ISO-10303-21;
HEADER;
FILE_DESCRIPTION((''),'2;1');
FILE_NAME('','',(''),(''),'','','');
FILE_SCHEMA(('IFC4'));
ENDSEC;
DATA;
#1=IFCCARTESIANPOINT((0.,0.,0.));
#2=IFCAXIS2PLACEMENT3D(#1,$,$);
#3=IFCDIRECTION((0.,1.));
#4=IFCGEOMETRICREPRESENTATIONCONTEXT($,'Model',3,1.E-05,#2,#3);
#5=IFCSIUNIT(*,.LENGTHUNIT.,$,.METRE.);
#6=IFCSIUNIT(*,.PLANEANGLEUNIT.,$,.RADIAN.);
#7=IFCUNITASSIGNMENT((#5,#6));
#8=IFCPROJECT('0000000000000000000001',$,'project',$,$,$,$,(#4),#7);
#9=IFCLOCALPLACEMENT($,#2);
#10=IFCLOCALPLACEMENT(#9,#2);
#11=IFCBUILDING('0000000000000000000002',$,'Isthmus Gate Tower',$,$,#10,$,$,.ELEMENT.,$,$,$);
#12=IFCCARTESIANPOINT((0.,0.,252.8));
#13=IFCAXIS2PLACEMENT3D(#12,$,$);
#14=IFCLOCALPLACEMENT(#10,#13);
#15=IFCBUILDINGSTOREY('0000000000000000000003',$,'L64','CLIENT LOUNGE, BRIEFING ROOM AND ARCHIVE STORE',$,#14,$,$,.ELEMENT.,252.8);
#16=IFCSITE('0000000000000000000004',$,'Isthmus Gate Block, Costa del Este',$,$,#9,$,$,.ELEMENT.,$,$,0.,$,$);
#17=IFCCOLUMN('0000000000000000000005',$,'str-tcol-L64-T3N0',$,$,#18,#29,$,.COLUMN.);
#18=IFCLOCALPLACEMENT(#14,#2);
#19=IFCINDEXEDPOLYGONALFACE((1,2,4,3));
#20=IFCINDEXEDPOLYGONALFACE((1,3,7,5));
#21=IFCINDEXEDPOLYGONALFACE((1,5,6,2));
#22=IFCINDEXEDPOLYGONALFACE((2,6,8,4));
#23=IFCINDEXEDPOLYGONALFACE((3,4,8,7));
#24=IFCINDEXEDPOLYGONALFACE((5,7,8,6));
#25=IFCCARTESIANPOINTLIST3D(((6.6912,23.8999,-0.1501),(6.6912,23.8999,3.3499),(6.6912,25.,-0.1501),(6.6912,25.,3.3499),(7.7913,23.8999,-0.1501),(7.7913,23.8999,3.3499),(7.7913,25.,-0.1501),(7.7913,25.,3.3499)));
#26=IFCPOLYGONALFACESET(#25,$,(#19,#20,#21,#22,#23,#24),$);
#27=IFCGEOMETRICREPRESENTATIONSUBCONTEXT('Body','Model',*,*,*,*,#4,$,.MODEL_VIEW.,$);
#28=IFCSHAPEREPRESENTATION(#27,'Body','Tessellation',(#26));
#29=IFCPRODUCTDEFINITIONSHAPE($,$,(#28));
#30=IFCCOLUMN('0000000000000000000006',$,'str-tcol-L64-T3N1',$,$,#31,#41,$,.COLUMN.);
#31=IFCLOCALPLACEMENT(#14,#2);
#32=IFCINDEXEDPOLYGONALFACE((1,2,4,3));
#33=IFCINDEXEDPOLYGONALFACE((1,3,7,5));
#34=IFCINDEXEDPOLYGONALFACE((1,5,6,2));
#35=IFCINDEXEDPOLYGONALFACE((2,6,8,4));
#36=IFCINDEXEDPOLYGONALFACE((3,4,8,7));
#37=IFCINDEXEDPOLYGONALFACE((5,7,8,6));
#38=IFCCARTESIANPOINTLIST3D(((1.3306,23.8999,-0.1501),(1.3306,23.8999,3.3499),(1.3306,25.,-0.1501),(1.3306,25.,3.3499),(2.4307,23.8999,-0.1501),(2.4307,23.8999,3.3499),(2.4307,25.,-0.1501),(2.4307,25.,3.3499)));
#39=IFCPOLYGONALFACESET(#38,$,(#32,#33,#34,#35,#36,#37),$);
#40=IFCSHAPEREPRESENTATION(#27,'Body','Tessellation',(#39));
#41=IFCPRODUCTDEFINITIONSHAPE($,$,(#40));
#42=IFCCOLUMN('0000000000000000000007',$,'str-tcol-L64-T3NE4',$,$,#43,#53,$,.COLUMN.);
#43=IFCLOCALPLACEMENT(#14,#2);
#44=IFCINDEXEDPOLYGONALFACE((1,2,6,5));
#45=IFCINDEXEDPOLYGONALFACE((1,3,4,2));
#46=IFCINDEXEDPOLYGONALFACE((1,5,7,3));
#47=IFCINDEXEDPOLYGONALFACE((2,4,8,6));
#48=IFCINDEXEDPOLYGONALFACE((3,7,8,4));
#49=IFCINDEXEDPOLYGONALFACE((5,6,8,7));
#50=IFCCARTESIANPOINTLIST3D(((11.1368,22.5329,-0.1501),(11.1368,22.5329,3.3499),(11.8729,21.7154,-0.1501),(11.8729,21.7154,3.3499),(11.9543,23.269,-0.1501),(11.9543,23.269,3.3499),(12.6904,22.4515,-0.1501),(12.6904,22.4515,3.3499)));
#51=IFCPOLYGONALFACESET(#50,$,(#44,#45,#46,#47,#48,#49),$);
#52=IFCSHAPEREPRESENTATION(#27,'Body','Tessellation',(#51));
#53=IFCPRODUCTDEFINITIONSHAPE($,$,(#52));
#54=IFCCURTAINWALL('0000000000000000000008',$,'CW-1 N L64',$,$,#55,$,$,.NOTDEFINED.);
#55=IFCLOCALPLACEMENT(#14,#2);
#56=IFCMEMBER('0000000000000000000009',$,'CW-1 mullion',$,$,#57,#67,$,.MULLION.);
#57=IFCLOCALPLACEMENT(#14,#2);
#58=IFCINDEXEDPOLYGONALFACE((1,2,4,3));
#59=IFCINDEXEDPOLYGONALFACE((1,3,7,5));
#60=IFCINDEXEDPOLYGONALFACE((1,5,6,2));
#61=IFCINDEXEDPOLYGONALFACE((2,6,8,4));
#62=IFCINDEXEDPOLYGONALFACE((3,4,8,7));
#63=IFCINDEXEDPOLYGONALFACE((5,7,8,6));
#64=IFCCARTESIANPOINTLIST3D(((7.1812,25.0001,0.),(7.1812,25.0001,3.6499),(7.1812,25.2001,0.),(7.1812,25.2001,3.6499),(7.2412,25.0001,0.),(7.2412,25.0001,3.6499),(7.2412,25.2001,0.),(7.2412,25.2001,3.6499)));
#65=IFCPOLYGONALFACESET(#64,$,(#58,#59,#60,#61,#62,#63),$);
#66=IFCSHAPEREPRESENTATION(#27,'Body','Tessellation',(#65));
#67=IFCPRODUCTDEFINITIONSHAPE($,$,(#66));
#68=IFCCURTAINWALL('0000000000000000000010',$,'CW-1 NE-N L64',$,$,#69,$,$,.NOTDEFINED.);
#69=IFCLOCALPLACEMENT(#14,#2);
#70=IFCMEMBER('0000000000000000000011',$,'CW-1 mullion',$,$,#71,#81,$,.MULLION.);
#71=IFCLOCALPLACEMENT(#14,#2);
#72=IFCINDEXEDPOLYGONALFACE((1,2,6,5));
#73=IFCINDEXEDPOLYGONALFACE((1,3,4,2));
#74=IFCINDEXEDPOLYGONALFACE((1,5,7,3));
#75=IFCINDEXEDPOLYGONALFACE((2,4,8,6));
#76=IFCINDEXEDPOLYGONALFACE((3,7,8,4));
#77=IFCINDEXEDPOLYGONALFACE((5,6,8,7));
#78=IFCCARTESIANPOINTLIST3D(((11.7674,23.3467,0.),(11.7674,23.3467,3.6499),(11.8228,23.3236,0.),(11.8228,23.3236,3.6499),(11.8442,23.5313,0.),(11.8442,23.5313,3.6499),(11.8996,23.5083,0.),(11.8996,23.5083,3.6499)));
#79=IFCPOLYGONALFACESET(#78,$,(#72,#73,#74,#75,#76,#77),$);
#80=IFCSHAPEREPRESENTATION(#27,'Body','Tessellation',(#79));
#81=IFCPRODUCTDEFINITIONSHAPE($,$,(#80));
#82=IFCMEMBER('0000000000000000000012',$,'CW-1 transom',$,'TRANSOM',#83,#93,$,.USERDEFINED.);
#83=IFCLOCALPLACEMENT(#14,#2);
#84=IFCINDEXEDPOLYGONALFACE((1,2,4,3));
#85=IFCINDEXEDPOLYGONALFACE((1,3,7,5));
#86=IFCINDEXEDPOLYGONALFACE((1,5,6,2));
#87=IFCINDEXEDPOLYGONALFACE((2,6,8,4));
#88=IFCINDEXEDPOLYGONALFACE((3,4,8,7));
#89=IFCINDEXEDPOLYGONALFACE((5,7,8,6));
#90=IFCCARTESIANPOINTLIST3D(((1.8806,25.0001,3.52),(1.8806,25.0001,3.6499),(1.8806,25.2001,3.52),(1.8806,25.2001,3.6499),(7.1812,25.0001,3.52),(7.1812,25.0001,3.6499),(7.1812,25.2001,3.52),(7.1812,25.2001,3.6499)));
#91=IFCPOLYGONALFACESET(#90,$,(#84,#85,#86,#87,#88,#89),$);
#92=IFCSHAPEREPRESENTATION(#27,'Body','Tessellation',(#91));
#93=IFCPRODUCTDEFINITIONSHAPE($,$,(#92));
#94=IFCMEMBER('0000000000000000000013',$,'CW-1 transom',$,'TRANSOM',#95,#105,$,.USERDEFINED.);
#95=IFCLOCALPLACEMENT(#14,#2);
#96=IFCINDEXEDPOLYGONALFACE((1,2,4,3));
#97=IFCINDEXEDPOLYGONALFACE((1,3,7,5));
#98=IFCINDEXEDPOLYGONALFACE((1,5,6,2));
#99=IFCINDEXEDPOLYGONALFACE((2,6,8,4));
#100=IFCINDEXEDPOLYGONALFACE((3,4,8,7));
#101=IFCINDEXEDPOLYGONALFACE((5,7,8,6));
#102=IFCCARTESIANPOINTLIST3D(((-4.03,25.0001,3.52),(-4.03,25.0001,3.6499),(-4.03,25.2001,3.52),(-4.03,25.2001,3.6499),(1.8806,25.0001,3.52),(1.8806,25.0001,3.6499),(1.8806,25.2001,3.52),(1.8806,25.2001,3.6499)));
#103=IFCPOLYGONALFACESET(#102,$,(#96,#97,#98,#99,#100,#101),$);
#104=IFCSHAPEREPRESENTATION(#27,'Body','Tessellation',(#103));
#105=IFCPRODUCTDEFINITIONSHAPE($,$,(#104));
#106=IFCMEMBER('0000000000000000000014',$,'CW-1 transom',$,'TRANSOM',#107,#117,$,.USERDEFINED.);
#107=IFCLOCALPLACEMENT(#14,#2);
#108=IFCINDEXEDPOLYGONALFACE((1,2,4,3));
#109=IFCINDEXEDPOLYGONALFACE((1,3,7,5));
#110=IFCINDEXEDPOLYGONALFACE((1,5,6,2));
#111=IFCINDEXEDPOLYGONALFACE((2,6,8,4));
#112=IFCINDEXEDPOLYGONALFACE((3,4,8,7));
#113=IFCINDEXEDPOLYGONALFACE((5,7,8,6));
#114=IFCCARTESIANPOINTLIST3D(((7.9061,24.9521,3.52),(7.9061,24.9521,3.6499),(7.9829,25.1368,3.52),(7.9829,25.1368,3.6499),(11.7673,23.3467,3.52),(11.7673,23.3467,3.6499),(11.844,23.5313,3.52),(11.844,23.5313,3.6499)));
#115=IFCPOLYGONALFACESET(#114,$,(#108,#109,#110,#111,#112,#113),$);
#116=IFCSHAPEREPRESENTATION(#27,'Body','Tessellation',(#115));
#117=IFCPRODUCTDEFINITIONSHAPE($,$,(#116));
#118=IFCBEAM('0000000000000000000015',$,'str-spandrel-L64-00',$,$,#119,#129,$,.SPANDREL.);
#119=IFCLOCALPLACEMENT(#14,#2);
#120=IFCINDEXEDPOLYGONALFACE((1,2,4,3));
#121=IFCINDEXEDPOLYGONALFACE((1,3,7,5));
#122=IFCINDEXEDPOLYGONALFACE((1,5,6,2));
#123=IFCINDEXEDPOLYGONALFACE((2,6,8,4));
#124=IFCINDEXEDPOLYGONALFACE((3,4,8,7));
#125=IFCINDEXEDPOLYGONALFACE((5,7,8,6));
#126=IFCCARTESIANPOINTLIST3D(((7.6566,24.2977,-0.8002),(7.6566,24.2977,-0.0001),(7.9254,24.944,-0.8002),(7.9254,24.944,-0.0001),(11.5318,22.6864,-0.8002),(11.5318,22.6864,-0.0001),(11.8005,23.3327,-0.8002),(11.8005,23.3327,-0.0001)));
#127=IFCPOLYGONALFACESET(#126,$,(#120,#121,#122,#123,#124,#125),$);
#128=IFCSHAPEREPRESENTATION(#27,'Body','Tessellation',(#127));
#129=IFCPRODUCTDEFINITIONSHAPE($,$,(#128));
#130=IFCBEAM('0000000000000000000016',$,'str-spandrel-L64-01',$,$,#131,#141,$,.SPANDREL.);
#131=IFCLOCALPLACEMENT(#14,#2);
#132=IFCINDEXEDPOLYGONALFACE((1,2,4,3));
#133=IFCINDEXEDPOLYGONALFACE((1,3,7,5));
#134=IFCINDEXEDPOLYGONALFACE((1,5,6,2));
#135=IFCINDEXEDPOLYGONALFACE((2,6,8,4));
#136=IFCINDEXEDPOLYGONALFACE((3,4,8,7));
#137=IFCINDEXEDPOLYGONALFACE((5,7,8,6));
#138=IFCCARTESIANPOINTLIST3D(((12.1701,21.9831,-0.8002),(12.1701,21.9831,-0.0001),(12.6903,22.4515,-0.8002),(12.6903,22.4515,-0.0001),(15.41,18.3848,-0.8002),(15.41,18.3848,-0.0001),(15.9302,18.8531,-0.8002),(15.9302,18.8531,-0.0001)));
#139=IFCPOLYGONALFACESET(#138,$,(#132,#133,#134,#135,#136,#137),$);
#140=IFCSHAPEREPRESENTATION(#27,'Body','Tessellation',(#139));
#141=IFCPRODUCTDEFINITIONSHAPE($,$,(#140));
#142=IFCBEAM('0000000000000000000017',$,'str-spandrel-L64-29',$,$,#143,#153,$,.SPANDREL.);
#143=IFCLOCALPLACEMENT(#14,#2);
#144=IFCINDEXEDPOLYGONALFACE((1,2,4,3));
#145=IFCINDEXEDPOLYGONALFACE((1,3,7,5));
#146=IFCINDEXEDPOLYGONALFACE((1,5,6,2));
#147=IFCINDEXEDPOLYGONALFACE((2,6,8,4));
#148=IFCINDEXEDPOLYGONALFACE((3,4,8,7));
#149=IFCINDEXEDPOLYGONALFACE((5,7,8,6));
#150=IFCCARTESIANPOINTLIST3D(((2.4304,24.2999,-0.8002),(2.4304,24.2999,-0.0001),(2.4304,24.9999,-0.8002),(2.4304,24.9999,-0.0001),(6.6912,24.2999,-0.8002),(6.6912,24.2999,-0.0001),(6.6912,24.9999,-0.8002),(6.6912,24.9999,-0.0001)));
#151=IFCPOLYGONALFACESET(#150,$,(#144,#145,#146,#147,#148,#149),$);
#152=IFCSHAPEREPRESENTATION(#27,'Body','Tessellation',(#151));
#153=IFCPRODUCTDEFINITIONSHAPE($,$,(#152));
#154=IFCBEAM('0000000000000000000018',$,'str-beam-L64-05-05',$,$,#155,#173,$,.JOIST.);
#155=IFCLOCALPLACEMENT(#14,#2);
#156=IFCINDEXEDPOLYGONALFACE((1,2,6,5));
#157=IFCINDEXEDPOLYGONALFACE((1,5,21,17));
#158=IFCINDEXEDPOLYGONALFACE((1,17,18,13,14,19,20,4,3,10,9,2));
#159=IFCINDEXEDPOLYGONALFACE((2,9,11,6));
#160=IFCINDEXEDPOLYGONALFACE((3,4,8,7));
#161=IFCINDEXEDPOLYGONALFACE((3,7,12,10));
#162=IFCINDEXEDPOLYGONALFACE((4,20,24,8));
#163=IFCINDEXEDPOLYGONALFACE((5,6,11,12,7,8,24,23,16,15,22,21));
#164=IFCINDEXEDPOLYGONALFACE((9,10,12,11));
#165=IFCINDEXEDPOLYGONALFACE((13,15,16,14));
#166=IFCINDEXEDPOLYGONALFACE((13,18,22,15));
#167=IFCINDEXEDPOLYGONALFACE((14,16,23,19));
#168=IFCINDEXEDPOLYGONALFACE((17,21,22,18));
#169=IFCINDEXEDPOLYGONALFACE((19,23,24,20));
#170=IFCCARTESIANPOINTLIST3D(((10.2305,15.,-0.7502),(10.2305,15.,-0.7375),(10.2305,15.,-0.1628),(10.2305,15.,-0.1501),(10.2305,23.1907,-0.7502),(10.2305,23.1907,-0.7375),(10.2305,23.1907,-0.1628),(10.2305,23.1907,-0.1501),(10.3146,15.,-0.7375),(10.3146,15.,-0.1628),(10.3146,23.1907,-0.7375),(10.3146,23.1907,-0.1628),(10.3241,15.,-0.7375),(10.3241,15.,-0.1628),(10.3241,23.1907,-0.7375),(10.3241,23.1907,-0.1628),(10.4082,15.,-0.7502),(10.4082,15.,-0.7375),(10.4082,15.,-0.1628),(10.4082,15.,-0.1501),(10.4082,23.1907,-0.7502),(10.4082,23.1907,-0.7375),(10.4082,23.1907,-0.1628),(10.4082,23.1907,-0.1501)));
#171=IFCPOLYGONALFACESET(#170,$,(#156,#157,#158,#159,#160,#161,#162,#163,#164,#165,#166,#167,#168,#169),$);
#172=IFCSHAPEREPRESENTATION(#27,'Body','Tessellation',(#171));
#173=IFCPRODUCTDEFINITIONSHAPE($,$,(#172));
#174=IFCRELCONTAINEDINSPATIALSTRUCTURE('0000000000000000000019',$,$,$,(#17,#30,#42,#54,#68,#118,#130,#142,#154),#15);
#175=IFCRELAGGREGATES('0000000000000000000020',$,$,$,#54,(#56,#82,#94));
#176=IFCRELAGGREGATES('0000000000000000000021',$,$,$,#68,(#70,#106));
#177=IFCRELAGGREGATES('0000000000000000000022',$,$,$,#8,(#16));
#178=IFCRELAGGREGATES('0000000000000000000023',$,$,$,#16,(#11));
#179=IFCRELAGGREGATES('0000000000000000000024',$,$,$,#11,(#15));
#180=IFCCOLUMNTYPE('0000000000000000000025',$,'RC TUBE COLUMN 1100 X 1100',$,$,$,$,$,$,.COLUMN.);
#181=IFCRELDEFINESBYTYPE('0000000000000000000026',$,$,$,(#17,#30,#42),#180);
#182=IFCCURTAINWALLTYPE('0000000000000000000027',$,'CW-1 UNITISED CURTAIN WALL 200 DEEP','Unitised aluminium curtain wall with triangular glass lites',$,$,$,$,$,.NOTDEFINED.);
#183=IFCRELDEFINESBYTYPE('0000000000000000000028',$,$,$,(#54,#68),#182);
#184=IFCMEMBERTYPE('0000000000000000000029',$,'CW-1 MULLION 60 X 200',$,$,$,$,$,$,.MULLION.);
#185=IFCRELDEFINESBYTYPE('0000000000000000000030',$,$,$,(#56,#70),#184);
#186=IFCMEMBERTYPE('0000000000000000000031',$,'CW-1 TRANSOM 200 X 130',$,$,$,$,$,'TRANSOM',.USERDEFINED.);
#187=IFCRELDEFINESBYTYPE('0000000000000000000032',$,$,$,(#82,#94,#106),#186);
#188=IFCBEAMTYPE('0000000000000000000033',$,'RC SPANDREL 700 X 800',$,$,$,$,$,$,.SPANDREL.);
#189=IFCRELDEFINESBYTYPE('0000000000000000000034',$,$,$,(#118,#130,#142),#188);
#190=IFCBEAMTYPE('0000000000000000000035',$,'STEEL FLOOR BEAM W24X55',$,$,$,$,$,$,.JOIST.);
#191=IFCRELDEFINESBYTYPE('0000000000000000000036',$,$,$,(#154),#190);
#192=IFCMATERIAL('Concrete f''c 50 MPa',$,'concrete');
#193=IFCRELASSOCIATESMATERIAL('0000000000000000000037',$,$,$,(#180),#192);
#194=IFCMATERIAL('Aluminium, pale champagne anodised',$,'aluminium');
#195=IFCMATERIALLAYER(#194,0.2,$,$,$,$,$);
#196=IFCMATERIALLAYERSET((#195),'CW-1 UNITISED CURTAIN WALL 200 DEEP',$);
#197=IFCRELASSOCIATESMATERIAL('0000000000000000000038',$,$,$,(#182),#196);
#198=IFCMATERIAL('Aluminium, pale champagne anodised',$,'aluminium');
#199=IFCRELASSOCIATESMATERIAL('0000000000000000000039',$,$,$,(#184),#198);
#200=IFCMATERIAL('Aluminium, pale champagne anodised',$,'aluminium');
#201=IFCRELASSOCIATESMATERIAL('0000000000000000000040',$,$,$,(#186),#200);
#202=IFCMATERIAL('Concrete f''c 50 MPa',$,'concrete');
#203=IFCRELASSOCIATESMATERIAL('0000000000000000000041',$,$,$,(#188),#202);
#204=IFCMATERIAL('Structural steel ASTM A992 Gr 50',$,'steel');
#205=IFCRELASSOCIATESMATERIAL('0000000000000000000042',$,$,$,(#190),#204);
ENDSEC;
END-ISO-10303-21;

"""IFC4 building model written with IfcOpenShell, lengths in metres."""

from ifc_helpers import new_model, si_unit, direction, frame, origin, origin_2d, place, context, subcontext, project, spatial, rectangle, i_section, extrude, material, layer, layer_set, material_profile, profile_set, type_object, element, aggregate, save


model = new_model("IFC4")

# Units and contexts
model_context = context("Model", 3, precision=1e-05, world=origin(), true_north=direction((0.0, 1.0)))
body_context = subcontext(model_context, "Body", "Model", "MODEL_VIEW")
ifc_project = project(units=[si_unit("LENGTHUNIT", "METRE"), si_unit("PLANEANGLEUNIT", "RADIAN")], contexts=[model_context])

# Site, building, storey
site_placement = place(None, origin())
site = spatial("IfcSite", under=ifc_project, at=site_placement, Name="Isthmus Gate Block, Costa del Este", CompositionType="ELEMENT", RefElevation=0.0)
building_placement = place(site_placement, origin())
building = spatial("IfcBuilding", under=site, at=building_placement, Name="Isthmus Gate Tower", CompositionType="ELEMENT")
storey_placement = place(building_placement, frame((0.0, 0.0, 252.8)))
storey = spatial("IfcBuildingStorey", under=building, at=storey_placement, Name="L64", Description="CLIENT LOUNGE, BRIEFING ROOM AND ARCHIVE STORE", CompositionType="ELEMENT", Elevation=252.8)

# Columns
ifc_material_1 = material(Name="Concrete f'c 50 MPa", Category="concrete")
ifc_material_profile_1 = material_profile(ifc_material_1, rectangle(XDim=1.1001, YDim=1.1001, at=origin_2d()), Name="RC 1100X1100")
ifc_profile_set_1 = profile_set([ifc_material_profile_1], Name="Concrete f'c 50 MPa")
column_type = type_object("IfcColumnType", Name="RC TUBE COLUMN 1100 X 1100", PredefinedType="COLUMN", material=ifc_profile_set_1)
for number, where, z_axis, x_axis, name in (
    (1, (7.2412, 24.45, -0.1501), (0.0, 0.0, 1.0), (-1.0, 0.0, 0.0), "str-tcol-L64-T3N0"),
    (2, (1.8806, 24.45, -0.1501), (0.0, 0.0, 1.0), (-1.0, 0.0, 0.0), "str-tcol-L64-T3N1"),
    (3, (11.9136, 22.4922, -0.1501), (0.0, 0.0, 1.0), (-0.669131, 0.743145, 0.0), "str-tcol-L64-T3NE4"),
):
    element("IfcColumn", number, at=place(storey_placement, frame(where, z_axis=z_axis, x_axis=x_axis)), inside=storey, type_object=column_type, Name=name, PredefinedType="COLUMN", context=body_context, shape_type="SweptSolid", body=[
        extrude(rectangle(XDim=1.1001, YDim=1.1001, at=origin_2d()), origin(), (0.0, 0.0, 1.0), 3.5),
    ])

# Curtain walls, members
ifc_material_2 = material(Name="Aluminium, pale champagne anodised", Category="aluminium")
ifc_layer_1 = layer(ifc_material_2, 0.2)
ifc_layer_set_1 = layer_set([ifc_layer_1], Name="CW-1 UNITISED CURTAIN WALL 200 DEEP")
curtain_wall_type = type_object("IfcCurtainWallType", Name="CW-1 UNITISED CURTAIN WALL 200 DEEP", Description="Unitised aluminium curtain wall with triangular glass lites", PredefinedType="NOTDEFINED", material=ifc_layer_set_1)
curtain_wall_1_placement = place(storey_placement, origin())
curtain_wall_1 = element("IfcCurtainWall", 4, at=curtain_wall_1_placement, inside=storey, type_object=curtain_wall_type, Name="CW-1 N L64", PredefinedType="NOTDEFINED")
ifc_material_3 = material(Name="Aluminium, pale champagne anodised", Category="aluminium")
ifc_material_profile_2 = material_profile(ifc_material_3, rectangle(XDim=0.0601, YDim=0.2, at=origin_2d()), Name="60x200")
ifc_profile_set_2 = profile_set([ifc_material_profile_2], Name="Aluminium, pale champagne anodised")
member_type_1 = type_object("IfcMemberType", Name="CW-1 MULLION 60 X 200", PredefinedType="MULLION", material=ifc_profile_set_2)
member_1_placement = place(storey_placement, frame((7.2112, 25.1001, 0.0), z_axis=(0.0, 0.0, 1.0), x_axis=(-1.0, 0.0, 0.0)))
member_1 = element("IfcMember", 5, at=member_1_placement, type_object=member_type_1, Name="CW-1 mullion", PredefinedType="MULLION", context=body_context, shape_type="SweptSolid", body=[
    extrude(rectangle(XDim=0.0601, YDim=0.2, at=origin_2d()), origin(), (0.0, 0.0, 1.0), 3.6499),
])
curtain_wall_2_placement = place(storey_placement, origin())
curtain_wall_2 = element("IfcCurtainWall", 6, at=curtain_wall_2_placement, inside=storey, type_object=curtain_wall_type, Name="CW-1 NE-N L64", PredefinedType="NOTDEFINED")
member_2_placement = place(storey_placement, frame((11.8335, 23.4275, 0.0), z_axis=(0.0, 0.0, 1.0), x_axis=(-0.923353, 0.383952, 0.0)))
member_2 = element("IfcMember", 7, at=member_2_placement, type_object=member_type_1, Name="CW-1 mullion", PredefinedType="MULLION", context=body_context, shape_type="SweptSolid", body=[
    extrude(rectangle(XDim=0.0601, YDim=0.2, at=origin_2d()), origin(), (0.0, 0.0, 1.0), 3.6499),
])

# Members
ifc_material_4 = material(Name="Aluminium, pale champagne anodised", Category="aluminium")
ifc_material_profile_3 = material_profile(ifc_material_4, rectangle(XDim=0.2, YDim=0.1299, at=origin_2d()), Name="200x130")
ifc_profile_set_3 = profile_set([ifc_material_profile_3], Name="Aluminium, pale champagne anodised")
member_type_2 = type_object("IfcMemberType", Name="CW-1 TRANSOM 200 X 130", ElementType="TRANSOM", PredefinedType="USERDEFINED", material=ifc_profile_set_3)
member_3_placement = place(storey_placement, frame((7.1812, 25.1001, 3.585), z_axis=(-1.0, 0.0, 0.0), x_axis=(0.0, -1.0, 0.0)))
member_3 = element("IfcMember", 8, at=member_3_placement, type_object=member_type_2, Name="CW-1 transom", ObjectType="TRANSOM", PredefinedType="USERDEFINED", context=body_context, shape_type="SweptSolid", body=[
    extrude(rectangle(XDim=0.2, YDim=0.1299, at=origin_2d()), origin(), (0.0, 0.0, 1.0), 5.3005),
])
member_4_placement = place(storey_placement, frame((1.8806, 25.1001, 3.585), z_axis=(-1.0, 0.0, 0.0), x_axis=(0.0, -1.0, 0.0)))
member_4 = element("IfcMember", 9, at=member_4_placement, type_object=member_type_2, Name="CW-1 transom", ObjectType="TRANSOM", PredefinedType="USERDEFINED", context=body_context, shape_type="SweptSolid", body=[
    extrude(rectangle(XDim=0.2, YDim=0.1299, at=origin_2d()), origin(), (0.0, 0.0, 1.0), 5.9106),
])
member_5_placement = place(storey_placement, frame((11.8057, 23.439, 3.585), z_axis=(-0.923358, 0.38394, 0.0), x_axis=(-0.38394, -0.923358, 0.0)))
member_5 = element("IfcMember", 10, at=member_5_placement, type_object=member_type_2, Name="CW-1 transom", ObjectType="TRANSOM", PredefinedType="USERDEFINED", context=body_context, shape_type="SweptSolid", body=[
    extrude(rectangle(XDim=0.2, YDim=0.1299, at=origin_2d()), origin(), (0.0, 0.0, 1.0), 4.1816),
])

# Beams
ifc_material_5 = material(Name="Concrete f'c 50 MPa", Category="concrete")
ifc_material_profile_4 = material_profile(ifc_material_5, rectangle(XDim=0.7, YDim=0.8, at=origin_2d()), Name="RC 700X800")
ifc_profile_set_4 = profile_set([ifc_material_profile_4], Name="Concrete f'c 50 MPa")
beam_type_1 = type_object("IfcBeamType", Name="RC SPANDREL 700 X 800", PredefinedType="SPANDREL", material=ifc_profile_set_4)
beam_1_placement = place(storey_placement, frame((7.791, 24.6208, -0.4001), z_axis=(0.923361, -0.383934, 0.0), x_axis=(0.383934, 0.923361, 0.0)))
element("IfcBeam", 11, at=beam_1_placement, inside=storey, type_object=beam_type_1, Name="str-spandrel-L64-00", PredefinedType="SPANDREL", context=body_context, shape_type="SweptSolid", body=[
    extrude(rectangle(XDim=0.7, YDim=0.8, at=origin_2d()), origin(), (0.0, 0.0, 1.0), 4.1968),
])
beam_2_placement = place(storey_placement, frame((12.4302, 22.2173, -0.4001), z_axis=(0.669129, -0.743146, 0.0), x_axis=(0.743146, 0.669129, 0.0)))
element("IfcBeam", 12, at=beam_2_placement, inside=storey, type_object=beam_type_1, Name="str-spandrel-L64-01", PredefinedType="SPANDREL", context=body_context, shape_type="SweptSolid", body=[
    extrude(rectangle(XDim=0.7, YDim=0.8, at=origin_2d()), origin(), (0.0, 0.0, 1.0), 4.842),
])
beam_3_placement = place(storey_placement, frame((2.4304, 24.6499, -0.4001), z_axis=(1.0, 0.0, 0.0), x_axis=(0.0, 1.0, 0.0)))
element("IfcBeam", 13, at=beam_3_placement, inside=storey, type_object=beam_type_1, Name="str-spandrel-L64-29", PredefinedType="SPANDREL", context=body_context, shape_type="SweptSolid", body=[
    extrude(rectangle(XDim=0.7, YDim=0.8, at=origin_2d()), origin(), (0.0, 0.0, 1.0), 4.2607),
])
ifc_material_6 = material(Name="Structural steel ASTM A992 Gr 50", Category="steel")
ifc_material_profile_5 = material_profile(ifc_material_6, i_section(OverallWidth=0.1777, OverallDepth=0.6001, WebThickness=0.0095, FlangeThickness=0.0127, at=origin_2d()), Name="W24X55")
ifc_profile_set_5 = profile_set([ifc_material_profile_5], Name="Structural steel ASTM A992 Gr 50")
beam_type_2 = type_object("IfcBeamType", Name="STEEL FLOOR BEAM W24X55", PredefinedType="JOIST", material=ifc_profile_set_5)
beam_4_placement = place(storey_placement, frame((10.3193, 15.0, -0.4502), z_axis=(0.0, 1.0, 0.0), x_axis=(-1.0, 0.0, 0.0)))
element("IfcBeam", 14, at=beam_4_placement, inside=storey, type_object=beam_type_2, Name="str-beam-L64-05-05", PredefinedType="JOIST", context=body_context, shape_type="SweptSolid", body=[
    extrude(i_section(OverallWidth=0.1777, OverallDepth=0.6001, WebThickness=0.0095, FlangeThickness=0.0127, at=origin_2d()), origin(), (0.0, 0.0, 1.0), 8.1907),
])

aggregate(curtain_wall_1, [member_1, member_3, member_4])
aggregate(curtain_wall_2, [member_2, member_5])

save(model, "model.ifc")
